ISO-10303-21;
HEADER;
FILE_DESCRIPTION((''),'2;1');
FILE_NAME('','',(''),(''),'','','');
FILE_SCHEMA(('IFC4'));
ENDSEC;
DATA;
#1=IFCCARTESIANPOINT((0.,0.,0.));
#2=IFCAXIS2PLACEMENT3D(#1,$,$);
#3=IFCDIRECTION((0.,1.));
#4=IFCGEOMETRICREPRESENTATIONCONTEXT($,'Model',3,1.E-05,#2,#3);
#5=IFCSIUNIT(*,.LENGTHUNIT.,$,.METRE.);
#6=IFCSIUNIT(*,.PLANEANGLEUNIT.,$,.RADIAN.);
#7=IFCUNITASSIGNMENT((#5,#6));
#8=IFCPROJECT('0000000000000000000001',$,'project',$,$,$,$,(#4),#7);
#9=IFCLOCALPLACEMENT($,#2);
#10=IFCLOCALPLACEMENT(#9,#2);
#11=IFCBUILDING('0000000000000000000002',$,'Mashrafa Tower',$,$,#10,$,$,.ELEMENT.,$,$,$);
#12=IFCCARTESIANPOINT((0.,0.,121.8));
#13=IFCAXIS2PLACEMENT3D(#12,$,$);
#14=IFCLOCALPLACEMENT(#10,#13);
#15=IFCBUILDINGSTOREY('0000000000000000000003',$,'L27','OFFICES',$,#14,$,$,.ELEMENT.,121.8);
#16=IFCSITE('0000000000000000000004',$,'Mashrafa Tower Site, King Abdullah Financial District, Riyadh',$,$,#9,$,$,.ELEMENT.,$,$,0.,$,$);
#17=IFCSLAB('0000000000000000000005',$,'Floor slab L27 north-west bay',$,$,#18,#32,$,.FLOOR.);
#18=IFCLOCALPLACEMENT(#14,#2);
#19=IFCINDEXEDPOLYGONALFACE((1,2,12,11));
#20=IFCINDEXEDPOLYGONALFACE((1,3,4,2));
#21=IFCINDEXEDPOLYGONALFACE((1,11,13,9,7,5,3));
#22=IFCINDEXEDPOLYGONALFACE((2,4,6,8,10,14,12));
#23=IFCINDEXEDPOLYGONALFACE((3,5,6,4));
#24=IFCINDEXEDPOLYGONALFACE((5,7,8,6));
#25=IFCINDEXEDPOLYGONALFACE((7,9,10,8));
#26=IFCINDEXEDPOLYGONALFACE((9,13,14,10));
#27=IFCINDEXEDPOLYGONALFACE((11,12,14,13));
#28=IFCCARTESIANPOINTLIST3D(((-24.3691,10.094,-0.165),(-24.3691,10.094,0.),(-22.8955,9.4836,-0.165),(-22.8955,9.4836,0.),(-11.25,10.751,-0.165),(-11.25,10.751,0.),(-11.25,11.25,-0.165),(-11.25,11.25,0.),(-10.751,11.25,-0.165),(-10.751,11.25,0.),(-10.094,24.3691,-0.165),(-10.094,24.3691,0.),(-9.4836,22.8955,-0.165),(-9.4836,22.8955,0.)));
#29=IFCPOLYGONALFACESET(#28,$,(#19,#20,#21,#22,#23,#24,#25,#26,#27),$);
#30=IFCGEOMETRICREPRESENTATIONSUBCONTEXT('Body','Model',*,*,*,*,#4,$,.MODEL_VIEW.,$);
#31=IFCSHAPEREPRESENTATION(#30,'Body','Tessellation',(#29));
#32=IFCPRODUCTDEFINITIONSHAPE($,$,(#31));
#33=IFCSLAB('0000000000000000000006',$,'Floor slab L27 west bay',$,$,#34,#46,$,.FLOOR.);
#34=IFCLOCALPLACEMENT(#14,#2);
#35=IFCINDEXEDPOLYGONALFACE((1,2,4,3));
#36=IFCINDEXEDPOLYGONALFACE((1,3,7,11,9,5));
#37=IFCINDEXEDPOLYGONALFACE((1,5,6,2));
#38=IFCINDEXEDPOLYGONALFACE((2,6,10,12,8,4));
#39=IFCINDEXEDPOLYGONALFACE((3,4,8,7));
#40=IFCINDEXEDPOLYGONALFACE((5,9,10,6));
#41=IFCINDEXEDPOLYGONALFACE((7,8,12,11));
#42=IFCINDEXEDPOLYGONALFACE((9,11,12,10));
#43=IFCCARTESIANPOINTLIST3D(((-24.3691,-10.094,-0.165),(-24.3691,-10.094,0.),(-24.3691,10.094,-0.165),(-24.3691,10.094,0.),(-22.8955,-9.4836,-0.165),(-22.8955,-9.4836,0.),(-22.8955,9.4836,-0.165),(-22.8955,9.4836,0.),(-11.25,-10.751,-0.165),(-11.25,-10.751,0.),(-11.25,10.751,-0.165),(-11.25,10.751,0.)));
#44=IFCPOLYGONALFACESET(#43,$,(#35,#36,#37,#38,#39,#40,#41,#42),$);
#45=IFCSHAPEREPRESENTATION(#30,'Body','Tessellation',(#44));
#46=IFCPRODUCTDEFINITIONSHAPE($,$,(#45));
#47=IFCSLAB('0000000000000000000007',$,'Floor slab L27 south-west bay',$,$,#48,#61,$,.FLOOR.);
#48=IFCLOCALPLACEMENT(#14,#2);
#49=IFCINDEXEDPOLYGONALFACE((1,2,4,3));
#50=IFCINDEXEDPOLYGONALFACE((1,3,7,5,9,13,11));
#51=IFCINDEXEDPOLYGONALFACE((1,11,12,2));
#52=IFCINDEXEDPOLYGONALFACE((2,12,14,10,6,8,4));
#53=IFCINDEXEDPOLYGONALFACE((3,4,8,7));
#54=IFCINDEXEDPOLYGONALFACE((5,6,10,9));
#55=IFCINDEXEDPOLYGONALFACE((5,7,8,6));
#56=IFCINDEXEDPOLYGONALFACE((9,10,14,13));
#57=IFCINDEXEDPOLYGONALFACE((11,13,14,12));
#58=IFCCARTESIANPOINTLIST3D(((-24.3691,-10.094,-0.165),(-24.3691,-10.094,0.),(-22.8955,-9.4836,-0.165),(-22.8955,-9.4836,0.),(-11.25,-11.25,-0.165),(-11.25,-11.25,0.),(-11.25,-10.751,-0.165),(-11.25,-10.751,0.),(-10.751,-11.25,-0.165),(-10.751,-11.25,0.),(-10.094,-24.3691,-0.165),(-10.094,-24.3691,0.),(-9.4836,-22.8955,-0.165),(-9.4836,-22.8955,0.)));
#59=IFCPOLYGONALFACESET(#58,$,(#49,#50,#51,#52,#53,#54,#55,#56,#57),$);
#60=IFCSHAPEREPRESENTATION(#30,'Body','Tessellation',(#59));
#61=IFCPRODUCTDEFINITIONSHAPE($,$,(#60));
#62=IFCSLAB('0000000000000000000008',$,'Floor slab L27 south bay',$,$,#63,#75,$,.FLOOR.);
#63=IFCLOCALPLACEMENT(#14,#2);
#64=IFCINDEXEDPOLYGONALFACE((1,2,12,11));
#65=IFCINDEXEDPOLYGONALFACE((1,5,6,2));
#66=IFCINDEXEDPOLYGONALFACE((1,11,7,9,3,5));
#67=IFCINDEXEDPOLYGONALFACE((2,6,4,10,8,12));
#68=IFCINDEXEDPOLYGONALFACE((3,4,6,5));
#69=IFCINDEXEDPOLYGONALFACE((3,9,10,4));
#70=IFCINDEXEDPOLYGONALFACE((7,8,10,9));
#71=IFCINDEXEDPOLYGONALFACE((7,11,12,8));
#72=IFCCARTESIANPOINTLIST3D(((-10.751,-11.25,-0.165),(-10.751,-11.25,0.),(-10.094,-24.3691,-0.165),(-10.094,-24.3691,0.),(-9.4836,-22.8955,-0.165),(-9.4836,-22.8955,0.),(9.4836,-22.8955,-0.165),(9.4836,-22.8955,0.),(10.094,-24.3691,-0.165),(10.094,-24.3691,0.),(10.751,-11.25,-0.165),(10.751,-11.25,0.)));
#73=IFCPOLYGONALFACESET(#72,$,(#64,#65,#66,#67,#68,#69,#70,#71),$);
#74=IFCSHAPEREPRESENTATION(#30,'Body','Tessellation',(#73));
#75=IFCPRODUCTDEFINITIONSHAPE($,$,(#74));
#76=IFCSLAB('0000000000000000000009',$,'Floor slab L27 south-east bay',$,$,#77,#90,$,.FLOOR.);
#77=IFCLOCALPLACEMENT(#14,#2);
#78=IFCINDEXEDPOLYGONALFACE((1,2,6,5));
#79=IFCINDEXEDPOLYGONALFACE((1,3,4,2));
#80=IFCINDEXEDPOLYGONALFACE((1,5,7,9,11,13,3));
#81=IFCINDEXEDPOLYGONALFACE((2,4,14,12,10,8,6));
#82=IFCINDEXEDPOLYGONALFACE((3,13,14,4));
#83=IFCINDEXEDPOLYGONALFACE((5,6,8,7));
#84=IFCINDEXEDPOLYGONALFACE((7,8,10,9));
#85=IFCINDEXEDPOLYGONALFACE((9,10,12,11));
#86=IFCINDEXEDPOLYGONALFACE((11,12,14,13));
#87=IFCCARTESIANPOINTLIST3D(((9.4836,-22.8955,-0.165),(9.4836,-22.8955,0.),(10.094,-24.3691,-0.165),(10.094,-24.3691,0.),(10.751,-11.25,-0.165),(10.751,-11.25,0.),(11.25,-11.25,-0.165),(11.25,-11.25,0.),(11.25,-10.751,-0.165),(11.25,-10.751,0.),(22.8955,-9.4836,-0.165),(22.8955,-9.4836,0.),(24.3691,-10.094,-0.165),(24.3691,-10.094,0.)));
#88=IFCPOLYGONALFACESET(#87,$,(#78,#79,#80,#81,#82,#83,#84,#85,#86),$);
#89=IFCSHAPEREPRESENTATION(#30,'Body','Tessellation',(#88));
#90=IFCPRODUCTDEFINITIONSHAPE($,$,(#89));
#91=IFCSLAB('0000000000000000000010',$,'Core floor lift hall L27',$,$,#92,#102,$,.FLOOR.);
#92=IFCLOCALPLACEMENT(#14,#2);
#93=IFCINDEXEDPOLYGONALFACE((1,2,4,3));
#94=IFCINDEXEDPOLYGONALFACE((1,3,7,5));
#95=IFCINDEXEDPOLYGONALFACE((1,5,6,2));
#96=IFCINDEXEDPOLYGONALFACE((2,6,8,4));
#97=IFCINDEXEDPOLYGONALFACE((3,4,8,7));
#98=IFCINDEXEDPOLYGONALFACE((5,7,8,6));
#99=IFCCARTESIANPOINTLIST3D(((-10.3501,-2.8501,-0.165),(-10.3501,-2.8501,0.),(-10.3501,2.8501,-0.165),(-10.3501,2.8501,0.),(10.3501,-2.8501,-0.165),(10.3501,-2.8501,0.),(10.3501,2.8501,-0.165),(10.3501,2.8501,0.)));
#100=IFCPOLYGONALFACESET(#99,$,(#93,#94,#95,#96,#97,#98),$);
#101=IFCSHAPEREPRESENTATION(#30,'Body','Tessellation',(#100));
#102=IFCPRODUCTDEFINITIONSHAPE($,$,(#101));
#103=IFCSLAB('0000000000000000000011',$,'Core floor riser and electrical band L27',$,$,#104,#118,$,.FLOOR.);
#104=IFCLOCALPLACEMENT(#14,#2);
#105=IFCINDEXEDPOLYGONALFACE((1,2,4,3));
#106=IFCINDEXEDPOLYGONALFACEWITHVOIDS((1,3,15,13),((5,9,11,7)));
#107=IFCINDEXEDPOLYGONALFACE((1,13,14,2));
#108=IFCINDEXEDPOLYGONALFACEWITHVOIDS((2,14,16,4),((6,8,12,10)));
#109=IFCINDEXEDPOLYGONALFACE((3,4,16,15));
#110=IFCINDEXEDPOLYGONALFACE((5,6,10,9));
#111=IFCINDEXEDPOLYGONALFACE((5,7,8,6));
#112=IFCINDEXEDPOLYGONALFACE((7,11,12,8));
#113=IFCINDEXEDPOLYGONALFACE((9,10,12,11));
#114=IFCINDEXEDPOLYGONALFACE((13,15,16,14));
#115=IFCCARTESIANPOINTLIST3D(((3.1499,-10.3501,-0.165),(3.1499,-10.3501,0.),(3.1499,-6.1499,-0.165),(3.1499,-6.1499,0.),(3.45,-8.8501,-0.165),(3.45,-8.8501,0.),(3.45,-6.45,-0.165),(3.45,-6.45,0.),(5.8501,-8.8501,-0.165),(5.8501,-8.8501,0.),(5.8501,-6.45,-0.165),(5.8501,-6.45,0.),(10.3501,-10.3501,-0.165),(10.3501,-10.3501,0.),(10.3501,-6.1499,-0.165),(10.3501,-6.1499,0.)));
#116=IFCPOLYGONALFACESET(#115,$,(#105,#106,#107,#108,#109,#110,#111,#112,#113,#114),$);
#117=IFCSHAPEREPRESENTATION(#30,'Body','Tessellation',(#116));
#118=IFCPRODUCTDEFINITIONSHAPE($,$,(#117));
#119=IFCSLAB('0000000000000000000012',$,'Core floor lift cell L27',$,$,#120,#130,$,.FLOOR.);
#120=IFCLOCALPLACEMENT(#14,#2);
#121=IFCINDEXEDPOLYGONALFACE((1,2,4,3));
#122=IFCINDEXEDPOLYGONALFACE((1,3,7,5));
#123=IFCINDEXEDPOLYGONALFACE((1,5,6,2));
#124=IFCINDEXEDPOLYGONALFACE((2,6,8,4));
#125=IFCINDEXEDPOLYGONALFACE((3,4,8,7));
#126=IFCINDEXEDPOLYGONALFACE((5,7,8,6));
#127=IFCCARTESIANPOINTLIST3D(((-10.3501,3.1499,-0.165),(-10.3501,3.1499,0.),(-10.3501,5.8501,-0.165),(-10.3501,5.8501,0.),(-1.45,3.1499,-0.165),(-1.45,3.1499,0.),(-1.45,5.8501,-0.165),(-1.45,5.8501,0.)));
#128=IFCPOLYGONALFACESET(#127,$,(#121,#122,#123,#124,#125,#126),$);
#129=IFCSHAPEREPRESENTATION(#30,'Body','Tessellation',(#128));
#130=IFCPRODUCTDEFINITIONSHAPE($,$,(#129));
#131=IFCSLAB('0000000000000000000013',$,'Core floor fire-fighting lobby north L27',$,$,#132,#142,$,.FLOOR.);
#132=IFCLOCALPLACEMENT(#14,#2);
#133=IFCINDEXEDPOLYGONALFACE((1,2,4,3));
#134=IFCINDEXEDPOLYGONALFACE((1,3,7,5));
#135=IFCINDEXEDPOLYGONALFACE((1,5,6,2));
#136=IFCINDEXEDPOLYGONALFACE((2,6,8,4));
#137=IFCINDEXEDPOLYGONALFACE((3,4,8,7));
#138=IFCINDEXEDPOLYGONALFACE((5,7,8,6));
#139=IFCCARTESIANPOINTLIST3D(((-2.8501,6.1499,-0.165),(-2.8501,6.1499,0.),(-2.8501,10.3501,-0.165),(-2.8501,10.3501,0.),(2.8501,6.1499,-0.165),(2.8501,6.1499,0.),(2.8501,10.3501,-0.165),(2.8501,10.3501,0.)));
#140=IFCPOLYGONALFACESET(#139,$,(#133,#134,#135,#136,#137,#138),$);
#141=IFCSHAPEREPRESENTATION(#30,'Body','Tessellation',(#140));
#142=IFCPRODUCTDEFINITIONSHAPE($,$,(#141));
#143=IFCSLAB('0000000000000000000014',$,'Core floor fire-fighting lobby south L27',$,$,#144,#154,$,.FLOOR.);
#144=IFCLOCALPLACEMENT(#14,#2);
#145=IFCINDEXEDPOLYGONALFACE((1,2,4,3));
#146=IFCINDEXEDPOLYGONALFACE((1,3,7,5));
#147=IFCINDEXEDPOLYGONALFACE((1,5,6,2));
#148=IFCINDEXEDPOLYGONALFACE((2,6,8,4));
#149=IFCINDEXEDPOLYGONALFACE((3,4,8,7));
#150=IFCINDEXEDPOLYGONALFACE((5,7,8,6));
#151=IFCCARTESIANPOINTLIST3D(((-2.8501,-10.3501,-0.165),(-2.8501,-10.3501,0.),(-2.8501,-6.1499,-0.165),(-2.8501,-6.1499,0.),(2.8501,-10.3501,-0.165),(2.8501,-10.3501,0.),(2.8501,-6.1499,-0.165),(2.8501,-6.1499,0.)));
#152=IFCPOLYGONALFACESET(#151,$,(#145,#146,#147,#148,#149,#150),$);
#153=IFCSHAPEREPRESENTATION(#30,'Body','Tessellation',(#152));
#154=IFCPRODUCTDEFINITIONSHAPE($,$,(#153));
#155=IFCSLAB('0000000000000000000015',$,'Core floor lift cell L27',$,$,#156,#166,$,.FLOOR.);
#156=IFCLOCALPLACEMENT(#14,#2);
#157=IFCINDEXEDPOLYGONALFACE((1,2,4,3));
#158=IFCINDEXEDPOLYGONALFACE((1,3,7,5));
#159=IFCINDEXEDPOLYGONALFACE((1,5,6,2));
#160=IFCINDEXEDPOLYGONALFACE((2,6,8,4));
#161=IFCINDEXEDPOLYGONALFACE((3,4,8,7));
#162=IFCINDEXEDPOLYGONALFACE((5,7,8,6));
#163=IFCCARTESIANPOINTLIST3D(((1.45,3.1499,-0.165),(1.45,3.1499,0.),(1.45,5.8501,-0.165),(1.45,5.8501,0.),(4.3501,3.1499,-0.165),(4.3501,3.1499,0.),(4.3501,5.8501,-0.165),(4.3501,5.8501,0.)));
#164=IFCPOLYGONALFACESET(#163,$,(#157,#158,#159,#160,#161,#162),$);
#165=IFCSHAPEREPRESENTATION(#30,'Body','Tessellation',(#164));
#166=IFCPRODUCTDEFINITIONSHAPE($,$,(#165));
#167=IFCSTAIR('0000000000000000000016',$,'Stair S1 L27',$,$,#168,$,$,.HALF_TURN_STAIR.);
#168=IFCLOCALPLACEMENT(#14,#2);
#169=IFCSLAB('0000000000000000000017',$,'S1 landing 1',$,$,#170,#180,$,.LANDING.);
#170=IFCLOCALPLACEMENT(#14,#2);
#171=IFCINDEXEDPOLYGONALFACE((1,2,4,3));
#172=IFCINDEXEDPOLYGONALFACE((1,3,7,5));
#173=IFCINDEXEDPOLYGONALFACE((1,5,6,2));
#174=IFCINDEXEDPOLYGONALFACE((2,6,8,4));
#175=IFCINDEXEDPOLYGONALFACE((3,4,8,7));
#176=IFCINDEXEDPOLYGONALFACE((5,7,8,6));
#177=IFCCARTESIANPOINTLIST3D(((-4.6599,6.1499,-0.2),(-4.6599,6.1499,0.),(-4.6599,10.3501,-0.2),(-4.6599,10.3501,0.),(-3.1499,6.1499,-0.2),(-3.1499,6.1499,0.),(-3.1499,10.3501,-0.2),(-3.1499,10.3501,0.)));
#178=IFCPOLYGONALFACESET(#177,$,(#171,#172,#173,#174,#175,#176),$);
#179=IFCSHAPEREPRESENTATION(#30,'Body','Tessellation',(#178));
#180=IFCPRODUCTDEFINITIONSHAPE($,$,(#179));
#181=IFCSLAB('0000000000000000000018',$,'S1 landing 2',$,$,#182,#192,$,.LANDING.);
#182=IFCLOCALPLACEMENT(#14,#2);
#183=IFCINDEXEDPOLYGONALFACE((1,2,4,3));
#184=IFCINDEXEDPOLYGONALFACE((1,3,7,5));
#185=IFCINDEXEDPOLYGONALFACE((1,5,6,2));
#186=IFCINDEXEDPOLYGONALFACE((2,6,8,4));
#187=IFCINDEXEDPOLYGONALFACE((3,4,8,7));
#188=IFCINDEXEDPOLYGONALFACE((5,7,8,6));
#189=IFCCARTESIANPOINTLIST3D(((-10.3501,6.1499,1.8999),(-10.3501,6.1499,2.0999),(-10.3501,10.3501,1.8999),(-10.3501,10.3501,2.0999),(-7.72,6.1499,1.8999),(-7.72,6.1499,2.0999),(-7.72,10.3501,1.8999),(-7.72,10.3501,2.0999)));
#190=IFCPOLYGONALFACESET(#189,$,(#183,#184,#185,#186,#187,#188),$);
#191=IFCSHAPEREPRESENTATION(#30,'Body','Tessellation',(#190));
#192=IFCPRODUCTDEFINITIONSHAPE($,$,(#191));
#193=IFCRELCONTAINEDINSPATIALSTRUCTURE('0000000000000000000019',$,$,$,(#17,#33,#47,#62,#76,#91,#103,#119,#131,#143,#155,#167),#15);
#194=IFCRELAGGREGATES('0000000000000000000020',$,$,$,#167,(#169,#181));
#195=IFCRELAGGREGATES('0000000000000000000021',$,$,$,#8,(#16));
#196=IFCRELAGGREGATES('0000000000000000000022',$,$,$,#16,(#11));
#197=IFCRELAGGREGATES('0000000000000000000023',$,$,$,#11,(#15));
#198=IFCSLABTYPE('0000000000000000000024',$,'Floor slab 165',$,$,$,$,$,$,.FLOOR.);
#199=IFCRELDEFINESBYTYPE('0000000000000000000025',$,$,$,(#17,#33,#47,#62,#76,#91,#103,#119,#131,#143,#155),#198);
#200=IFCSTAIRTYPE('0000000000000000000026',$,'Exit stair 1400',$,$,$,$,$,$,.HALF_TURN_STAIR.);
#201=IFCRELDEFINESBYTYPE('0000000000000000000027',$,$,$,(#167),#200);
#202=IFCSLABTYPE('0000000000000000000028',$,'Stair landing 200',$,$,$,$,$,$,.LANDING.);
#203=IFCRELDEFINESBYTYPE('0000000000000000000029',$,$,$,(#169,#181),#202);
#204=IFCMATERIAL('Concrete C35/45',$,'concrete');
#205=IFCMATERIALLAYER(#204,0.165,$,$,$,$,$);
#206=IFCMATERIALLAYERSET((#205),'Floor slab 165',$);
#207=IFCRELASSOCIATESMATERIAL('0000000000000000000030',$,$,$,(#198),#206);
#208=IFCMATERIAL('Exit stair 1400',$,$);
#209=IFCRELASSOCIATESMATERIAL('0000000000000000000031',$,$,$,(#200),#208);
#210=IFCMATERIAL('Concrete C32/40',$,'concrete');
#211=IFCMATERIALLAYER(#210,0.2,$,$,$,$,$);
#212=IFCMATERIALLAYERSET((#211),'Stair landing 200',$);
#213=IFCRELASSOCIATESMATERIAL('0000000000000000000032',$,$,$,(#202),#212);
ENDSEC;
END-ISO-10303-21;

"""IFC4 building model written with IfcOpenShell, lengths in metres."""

from ifc_helpers import new_model, si_unit, direction, frame, origin, place, context, subcontext, project, spatial, polyline, outline, extrude, material, layer, layer_set, type_object, element, aggregate, save


model = new_model("IFC4")

# Units and contexts
model_context = context("Model", 3, precision=1e-05, world=origin(), true_north=direction((0.0, 1.0)))
body_context = subcontext(model_context, "Body", "Model", "MODEL_VIEW")
ifc_project = project(units=[si_unit("LENGTHUNIT", "METRE"), si_unit("PLANEANGLEUNIT", "RADIAN")], contexts=[model_context])

# Site, building, storey
site_placement = place(None, origin())
site = spatial("IfcSite", under=ifc_project, at=site_placement, Name="Mashrafa Tower Site, King Abdullah Financial District, Riyadh", CompositionType="ELEMENT", RefElevation=0.0)
building_placement = place(site_placement, origin())
building = spatial("IfcBuilding", under=site, at=building_placement, Name="Mashrafa Tower", CompositionType="ELEMENT")
storey_placement = place(building_placement, frame((0.0, 0.0, 121.8)))
storey = spatial("IfcBuildingStorey", under=building, at=storey_placement, Name="L27", Description="OFFICES", CompositionType="ELEMENT", Elevation=121.8)

# Slabs
ifc_material_1 = material(Name="Concrete C35/45", Category="concrete")
ifc_layer_1 = layer(ifc_material_1, 0.165)
ifc_layer_set_1 = layer_set([ifc_layer_1], Name="Floor slab 165")
slab_type_1 = type_object("IfcSlabType", Name="Floor slab 165", PredefinedType="FLOOR", material=ifc_layer_set_1)
slab_1_placement = place(storey_placement, frame((0.0, 0.0, -0.165)))
element("IfcSlab", 1, at=slab_1_placement, inside=storey, type_object=slab_type_1, Name="Floor slab L27 north-west bay", PredefinedType="FLOOR", context=body_context, shape_type="SweptSolid", body=[
    extrude(outline(polyline([(-10.094, 24.3691), (-9.4836, 22.8955), (-10.751, 11.25), (-11.25, 11.25), (-11.25, 10.751), (-22.8955, 9.4836), (-24.3691, 10.094), (-10.094, 24.3691)])), origin(), (0.0, 0.0, 1.0), 0.165),
])
slab_2_placement = place(storey_placement, frame((0.0, 0.0, -0.165)))
element("IfcSlab", 2, at=slab_2_placement, inside=storey, type_object=slab_type_1, Name="Floor slab L27 west bay", PredefinedType="FLOOR", context=body_context, shape_type="SweptSolid", body=[
    extrude(outline(polyline([(-24.3691, -10.094), (-24.3691, 10.094), (-24.3691, 10.094), (-22.8955, 9.4836), (-11.25, 10.751), (-11.25, -10.751), (-22.8955, -9.4836), (-24.3691, -10.094), (-24.3691, -10.094)])), origin(), (0.0, 0.0, 1.0), 0.165),
])
slab_3_placement = place(storey_placement, frame((0.0, 0.0, -0.165)))
element("IfcSlab", 3, at=slab_3_placement, inside=storey, type_object=slab_type_1, Name="Floor slab L27 south-west bay", PredefinedType="FLOOR", context=body_context, shape_type="SweptSolid", body=[
    extrude(outline(polyline([(-24.3691, -10.094), (-22.8955, -9.4836), (-11.25, -10.751), (-11.25, -11.25), (-10.751, -11.25), (-9.4836, -22.8955), (-10.094, -24.3691), (-24.3691, -10.094)])), origin(), (0.0, 0.0, 1.0), 0.165),
])
slab_4_placement = place(storey_placement, frame((0.0, 0.0, -0.165)))
element("IfcSlab", 4, at=slab_4_placement, inside=storey, type_object=slab_type_1, Name="Floor slab L27 south bay", PredefinedType="FLOOR", context=body_context, shape_type="SweptSolid", body=[
    extrude(outline(polyline([(-10.094, -24.3691), (-10.094, -24.3691), (-9.4836, -22.8955), (-10.751, -11.25), (10.751, -11.25), (9.4836, -22.8955), (10.094, -24.3691), (10.094, -24.3691), (-10.094, -24.3691)])), origin(), (0.0, 0.0, 1.0), 0.165),
])
slab_5_placement = place(storey_placement, frame((0.0, 0.0, -0.165)))
element("IfcSlab", 5, at=slab_5_placement, inside=storey, type_object=slab_type_1, Name="Floor slab L27 south-east bay", PredefinedType="FLOOR", context=body_context, shape_type="SweptSolid", body=[
    extrude(outline(polyline([(10.094, -24.3691), (9.4836, -22.8955), (10.751, -11.25), (11.25, -11.25), (11.25, -10.751), (22.8955, -9.4836), (24.3691, -10.094), (10.094, -24.3691)])), origin(), (0.0, 0.0, 1.0), 0.165),
])
slab_6_placement = place(storey_placement, frame((0.0, 0.0, -0.165)))
element("IfcSlab", 6, at=slab_6_placement, inside=storey, type_object=slab_type_1, Name="Core floor lift hall L27", PredefinedType="FLOOR", context=body_context, shape_type="SweptSolid", body=[
    extrude(outline(polyline([(-10.3501, 2.8501), (10.3501, 2.8501), (10.3501, -2.8501), (-10.3501, -2.8501), (-10.3501, 2.8501)])), origin(), (0.0, 0.0, 1.0), 0.165),
])
slab_7_placement = place(storey_placement, frame((0.0, 0.0, -0.165)))
element("IfcSlab", 7, at=slab_7_placement, inside=storey, type_object=slab_type_1, Name="Core floor riser and electrical band L27", PredefinedType="FLOOR", context=body_context, shape_type="SweptSolid", body=[
    extrude(outline(polyline([(10.3501, -6.1499), (10.3501, -10.3501), (3.1499, -10.3501), (3.1499, -6.1499), (10.3501, -6.1499)]), holes=[polyline([(3.45, -8.8501), (5.8501, -8.8501), (5.8501, -6.45), (3.45, -6.45), (3.45, -8.8501)])]), origin(), (0.0, 0.0, 1.0), 0.165),
])
slab_8_placement = place(storey_placement, frame((0.0, 0.0, -0.165)))
element("IfcSlab", 8, at=slab_8_placement, inside=storey, type_object=slab_type_1, Name="Core floor lift cell L27", PredefinedType="FLOOR", context=body_context, shape_type="SweptSolid", body=[
    extrude(outline(polyline([(-1.45, 3.1499), (-10.3501, 3.1499), (-10.3501, 5.8501), (-1.45, 5.8501), (-1.45, 3.1499)])), origin(), (0.0, 0.0, 1.0), 0.165),
])
slab_9_placement = place(storey_placement, frame((0.0, 0.0, -0.165)))
element("IfcSlab", 9, at=slab_9_placement, inside=storey, type_object=slab_type_1, Name="Core floor fire-fighting lobby north L27", PredefinedType="FLOOR", context=body_context, shape_type="SweptSolid", body=[
    extrude(outline(polyline([(-2.8501, 10.3501), (2.8501, 10.3501), (2.8501, 6.1499), (-2.8501, 6.1499), (-2.8501, 10.3501)])), origin(), (0.0, 0.0, 1.0), 0.165),
])
slab_10_placement = place(storey_placement, frame((0.0, 0.0, -0.165)))
element("IfcSlab", 10, at=slab_10_placement, inside=storey, type_object=slab_type_1, Name="Core floor fire-fighting lobby south L27", PredefinedType="FLOOR", context=body_context, shape_type="SweptSolid", body=[
    extrude(outline(polyline([(2.8501, -6.1499), (2.8501, -10.3501), (-2.8501, -10.3501), (-2.8501, -6.1499), (2.8501, -6.1499)])), origin(), (0.0, 0.0, 1.0), 0.165),
])
slab_11_placement = place(storey_placement, frame((0.0, 0.0, -0.165)))
element("IfcSlab", 11, at=slab_11_placement, inside=storey, type_object=slab_type_1, Name="Core floor lift cell L27", PredefinedType="FLOOR", context=body_context, shape_type="SweptSolid", body=[
    extrude(outline(polyline([(4.3501, 5.8501), (4.3501, 3.1499), (1.45, 3.1499), (1.45, 5.8501), (4.3501, 5.8501)])), origin(), (0.0, 0.0, 1.0), 0.165),
])

# Stair, slabs
ifc_material_2 = material(Name="Exit stair 1400")
stair_type = type_object("IfcStairType", Name="Exit stair 1400", PredefinedType="HALF_TURN_STAIR", material=ifc_material_2)
stair_1_placement = place(storey_placement, origin())
stair_1 = element("IfcStair", 12, at=stair_1_placement, inside=storey, type_object=stair_type, Name="Stair S1 L27", PredefinedType="HALF_TURN_STAIR")
ifc_material_3 = material(Name="Concrete C32/40", Category="concrete")
ifc_layer_2 = layer(ifc_material_3, 0.2)
ifc_layer_set_2 = layer_set([ifc_layer_2], Name="Stair landing 200")
slab_type_2 = type_object("IfcSlabType", Name="Stair landing 200", PredefinedType="LANDING", material=ifc_layer_set_2)
slab_12_placement = place(storey_placement, frame((0.0, 0.0, -0.2)))
slab_12 = element("IfcSlab", 13, at=slab_12_placement, type_object=slab_type_2, Name="S1 landing 1", PredefinedType="LANDING", context=body_context, shape_type="SweptSolid", body=[
    extrude(outline(polyline([(-4.6599, 6.1499), (-3.1499, 6.1499), (-3.1499, 10.3501), (-4.6599, 10.3501), (-4.6599, 6.1499)])), origin(), (0.0, 0.0, 1.0), 0.2),
])
slab_13_placement = place(storey_placement, frame((0.0, 0.0, 1.8999)))
slab_13 = element("IfcSlab", 14, at=slab_13_placement, type_object=slab_type_2, Name="S1 landing 2", PredefinedType="LANDING", context=body_context, shape_type="SweptSolid", body=[
    extrude(outline(polyline([(-10.3501, 6.1499), (-7.72, 6.1499), (-7.72, 10.3501), (-10.3501, 10.3501), (-10.3501, 6.1499)])), origin(), (0.0, 0.0, 1.0), 0.2),
])
aggregate(stair_1, [slab_12, slab_13])

save(model, "model.ifc")
